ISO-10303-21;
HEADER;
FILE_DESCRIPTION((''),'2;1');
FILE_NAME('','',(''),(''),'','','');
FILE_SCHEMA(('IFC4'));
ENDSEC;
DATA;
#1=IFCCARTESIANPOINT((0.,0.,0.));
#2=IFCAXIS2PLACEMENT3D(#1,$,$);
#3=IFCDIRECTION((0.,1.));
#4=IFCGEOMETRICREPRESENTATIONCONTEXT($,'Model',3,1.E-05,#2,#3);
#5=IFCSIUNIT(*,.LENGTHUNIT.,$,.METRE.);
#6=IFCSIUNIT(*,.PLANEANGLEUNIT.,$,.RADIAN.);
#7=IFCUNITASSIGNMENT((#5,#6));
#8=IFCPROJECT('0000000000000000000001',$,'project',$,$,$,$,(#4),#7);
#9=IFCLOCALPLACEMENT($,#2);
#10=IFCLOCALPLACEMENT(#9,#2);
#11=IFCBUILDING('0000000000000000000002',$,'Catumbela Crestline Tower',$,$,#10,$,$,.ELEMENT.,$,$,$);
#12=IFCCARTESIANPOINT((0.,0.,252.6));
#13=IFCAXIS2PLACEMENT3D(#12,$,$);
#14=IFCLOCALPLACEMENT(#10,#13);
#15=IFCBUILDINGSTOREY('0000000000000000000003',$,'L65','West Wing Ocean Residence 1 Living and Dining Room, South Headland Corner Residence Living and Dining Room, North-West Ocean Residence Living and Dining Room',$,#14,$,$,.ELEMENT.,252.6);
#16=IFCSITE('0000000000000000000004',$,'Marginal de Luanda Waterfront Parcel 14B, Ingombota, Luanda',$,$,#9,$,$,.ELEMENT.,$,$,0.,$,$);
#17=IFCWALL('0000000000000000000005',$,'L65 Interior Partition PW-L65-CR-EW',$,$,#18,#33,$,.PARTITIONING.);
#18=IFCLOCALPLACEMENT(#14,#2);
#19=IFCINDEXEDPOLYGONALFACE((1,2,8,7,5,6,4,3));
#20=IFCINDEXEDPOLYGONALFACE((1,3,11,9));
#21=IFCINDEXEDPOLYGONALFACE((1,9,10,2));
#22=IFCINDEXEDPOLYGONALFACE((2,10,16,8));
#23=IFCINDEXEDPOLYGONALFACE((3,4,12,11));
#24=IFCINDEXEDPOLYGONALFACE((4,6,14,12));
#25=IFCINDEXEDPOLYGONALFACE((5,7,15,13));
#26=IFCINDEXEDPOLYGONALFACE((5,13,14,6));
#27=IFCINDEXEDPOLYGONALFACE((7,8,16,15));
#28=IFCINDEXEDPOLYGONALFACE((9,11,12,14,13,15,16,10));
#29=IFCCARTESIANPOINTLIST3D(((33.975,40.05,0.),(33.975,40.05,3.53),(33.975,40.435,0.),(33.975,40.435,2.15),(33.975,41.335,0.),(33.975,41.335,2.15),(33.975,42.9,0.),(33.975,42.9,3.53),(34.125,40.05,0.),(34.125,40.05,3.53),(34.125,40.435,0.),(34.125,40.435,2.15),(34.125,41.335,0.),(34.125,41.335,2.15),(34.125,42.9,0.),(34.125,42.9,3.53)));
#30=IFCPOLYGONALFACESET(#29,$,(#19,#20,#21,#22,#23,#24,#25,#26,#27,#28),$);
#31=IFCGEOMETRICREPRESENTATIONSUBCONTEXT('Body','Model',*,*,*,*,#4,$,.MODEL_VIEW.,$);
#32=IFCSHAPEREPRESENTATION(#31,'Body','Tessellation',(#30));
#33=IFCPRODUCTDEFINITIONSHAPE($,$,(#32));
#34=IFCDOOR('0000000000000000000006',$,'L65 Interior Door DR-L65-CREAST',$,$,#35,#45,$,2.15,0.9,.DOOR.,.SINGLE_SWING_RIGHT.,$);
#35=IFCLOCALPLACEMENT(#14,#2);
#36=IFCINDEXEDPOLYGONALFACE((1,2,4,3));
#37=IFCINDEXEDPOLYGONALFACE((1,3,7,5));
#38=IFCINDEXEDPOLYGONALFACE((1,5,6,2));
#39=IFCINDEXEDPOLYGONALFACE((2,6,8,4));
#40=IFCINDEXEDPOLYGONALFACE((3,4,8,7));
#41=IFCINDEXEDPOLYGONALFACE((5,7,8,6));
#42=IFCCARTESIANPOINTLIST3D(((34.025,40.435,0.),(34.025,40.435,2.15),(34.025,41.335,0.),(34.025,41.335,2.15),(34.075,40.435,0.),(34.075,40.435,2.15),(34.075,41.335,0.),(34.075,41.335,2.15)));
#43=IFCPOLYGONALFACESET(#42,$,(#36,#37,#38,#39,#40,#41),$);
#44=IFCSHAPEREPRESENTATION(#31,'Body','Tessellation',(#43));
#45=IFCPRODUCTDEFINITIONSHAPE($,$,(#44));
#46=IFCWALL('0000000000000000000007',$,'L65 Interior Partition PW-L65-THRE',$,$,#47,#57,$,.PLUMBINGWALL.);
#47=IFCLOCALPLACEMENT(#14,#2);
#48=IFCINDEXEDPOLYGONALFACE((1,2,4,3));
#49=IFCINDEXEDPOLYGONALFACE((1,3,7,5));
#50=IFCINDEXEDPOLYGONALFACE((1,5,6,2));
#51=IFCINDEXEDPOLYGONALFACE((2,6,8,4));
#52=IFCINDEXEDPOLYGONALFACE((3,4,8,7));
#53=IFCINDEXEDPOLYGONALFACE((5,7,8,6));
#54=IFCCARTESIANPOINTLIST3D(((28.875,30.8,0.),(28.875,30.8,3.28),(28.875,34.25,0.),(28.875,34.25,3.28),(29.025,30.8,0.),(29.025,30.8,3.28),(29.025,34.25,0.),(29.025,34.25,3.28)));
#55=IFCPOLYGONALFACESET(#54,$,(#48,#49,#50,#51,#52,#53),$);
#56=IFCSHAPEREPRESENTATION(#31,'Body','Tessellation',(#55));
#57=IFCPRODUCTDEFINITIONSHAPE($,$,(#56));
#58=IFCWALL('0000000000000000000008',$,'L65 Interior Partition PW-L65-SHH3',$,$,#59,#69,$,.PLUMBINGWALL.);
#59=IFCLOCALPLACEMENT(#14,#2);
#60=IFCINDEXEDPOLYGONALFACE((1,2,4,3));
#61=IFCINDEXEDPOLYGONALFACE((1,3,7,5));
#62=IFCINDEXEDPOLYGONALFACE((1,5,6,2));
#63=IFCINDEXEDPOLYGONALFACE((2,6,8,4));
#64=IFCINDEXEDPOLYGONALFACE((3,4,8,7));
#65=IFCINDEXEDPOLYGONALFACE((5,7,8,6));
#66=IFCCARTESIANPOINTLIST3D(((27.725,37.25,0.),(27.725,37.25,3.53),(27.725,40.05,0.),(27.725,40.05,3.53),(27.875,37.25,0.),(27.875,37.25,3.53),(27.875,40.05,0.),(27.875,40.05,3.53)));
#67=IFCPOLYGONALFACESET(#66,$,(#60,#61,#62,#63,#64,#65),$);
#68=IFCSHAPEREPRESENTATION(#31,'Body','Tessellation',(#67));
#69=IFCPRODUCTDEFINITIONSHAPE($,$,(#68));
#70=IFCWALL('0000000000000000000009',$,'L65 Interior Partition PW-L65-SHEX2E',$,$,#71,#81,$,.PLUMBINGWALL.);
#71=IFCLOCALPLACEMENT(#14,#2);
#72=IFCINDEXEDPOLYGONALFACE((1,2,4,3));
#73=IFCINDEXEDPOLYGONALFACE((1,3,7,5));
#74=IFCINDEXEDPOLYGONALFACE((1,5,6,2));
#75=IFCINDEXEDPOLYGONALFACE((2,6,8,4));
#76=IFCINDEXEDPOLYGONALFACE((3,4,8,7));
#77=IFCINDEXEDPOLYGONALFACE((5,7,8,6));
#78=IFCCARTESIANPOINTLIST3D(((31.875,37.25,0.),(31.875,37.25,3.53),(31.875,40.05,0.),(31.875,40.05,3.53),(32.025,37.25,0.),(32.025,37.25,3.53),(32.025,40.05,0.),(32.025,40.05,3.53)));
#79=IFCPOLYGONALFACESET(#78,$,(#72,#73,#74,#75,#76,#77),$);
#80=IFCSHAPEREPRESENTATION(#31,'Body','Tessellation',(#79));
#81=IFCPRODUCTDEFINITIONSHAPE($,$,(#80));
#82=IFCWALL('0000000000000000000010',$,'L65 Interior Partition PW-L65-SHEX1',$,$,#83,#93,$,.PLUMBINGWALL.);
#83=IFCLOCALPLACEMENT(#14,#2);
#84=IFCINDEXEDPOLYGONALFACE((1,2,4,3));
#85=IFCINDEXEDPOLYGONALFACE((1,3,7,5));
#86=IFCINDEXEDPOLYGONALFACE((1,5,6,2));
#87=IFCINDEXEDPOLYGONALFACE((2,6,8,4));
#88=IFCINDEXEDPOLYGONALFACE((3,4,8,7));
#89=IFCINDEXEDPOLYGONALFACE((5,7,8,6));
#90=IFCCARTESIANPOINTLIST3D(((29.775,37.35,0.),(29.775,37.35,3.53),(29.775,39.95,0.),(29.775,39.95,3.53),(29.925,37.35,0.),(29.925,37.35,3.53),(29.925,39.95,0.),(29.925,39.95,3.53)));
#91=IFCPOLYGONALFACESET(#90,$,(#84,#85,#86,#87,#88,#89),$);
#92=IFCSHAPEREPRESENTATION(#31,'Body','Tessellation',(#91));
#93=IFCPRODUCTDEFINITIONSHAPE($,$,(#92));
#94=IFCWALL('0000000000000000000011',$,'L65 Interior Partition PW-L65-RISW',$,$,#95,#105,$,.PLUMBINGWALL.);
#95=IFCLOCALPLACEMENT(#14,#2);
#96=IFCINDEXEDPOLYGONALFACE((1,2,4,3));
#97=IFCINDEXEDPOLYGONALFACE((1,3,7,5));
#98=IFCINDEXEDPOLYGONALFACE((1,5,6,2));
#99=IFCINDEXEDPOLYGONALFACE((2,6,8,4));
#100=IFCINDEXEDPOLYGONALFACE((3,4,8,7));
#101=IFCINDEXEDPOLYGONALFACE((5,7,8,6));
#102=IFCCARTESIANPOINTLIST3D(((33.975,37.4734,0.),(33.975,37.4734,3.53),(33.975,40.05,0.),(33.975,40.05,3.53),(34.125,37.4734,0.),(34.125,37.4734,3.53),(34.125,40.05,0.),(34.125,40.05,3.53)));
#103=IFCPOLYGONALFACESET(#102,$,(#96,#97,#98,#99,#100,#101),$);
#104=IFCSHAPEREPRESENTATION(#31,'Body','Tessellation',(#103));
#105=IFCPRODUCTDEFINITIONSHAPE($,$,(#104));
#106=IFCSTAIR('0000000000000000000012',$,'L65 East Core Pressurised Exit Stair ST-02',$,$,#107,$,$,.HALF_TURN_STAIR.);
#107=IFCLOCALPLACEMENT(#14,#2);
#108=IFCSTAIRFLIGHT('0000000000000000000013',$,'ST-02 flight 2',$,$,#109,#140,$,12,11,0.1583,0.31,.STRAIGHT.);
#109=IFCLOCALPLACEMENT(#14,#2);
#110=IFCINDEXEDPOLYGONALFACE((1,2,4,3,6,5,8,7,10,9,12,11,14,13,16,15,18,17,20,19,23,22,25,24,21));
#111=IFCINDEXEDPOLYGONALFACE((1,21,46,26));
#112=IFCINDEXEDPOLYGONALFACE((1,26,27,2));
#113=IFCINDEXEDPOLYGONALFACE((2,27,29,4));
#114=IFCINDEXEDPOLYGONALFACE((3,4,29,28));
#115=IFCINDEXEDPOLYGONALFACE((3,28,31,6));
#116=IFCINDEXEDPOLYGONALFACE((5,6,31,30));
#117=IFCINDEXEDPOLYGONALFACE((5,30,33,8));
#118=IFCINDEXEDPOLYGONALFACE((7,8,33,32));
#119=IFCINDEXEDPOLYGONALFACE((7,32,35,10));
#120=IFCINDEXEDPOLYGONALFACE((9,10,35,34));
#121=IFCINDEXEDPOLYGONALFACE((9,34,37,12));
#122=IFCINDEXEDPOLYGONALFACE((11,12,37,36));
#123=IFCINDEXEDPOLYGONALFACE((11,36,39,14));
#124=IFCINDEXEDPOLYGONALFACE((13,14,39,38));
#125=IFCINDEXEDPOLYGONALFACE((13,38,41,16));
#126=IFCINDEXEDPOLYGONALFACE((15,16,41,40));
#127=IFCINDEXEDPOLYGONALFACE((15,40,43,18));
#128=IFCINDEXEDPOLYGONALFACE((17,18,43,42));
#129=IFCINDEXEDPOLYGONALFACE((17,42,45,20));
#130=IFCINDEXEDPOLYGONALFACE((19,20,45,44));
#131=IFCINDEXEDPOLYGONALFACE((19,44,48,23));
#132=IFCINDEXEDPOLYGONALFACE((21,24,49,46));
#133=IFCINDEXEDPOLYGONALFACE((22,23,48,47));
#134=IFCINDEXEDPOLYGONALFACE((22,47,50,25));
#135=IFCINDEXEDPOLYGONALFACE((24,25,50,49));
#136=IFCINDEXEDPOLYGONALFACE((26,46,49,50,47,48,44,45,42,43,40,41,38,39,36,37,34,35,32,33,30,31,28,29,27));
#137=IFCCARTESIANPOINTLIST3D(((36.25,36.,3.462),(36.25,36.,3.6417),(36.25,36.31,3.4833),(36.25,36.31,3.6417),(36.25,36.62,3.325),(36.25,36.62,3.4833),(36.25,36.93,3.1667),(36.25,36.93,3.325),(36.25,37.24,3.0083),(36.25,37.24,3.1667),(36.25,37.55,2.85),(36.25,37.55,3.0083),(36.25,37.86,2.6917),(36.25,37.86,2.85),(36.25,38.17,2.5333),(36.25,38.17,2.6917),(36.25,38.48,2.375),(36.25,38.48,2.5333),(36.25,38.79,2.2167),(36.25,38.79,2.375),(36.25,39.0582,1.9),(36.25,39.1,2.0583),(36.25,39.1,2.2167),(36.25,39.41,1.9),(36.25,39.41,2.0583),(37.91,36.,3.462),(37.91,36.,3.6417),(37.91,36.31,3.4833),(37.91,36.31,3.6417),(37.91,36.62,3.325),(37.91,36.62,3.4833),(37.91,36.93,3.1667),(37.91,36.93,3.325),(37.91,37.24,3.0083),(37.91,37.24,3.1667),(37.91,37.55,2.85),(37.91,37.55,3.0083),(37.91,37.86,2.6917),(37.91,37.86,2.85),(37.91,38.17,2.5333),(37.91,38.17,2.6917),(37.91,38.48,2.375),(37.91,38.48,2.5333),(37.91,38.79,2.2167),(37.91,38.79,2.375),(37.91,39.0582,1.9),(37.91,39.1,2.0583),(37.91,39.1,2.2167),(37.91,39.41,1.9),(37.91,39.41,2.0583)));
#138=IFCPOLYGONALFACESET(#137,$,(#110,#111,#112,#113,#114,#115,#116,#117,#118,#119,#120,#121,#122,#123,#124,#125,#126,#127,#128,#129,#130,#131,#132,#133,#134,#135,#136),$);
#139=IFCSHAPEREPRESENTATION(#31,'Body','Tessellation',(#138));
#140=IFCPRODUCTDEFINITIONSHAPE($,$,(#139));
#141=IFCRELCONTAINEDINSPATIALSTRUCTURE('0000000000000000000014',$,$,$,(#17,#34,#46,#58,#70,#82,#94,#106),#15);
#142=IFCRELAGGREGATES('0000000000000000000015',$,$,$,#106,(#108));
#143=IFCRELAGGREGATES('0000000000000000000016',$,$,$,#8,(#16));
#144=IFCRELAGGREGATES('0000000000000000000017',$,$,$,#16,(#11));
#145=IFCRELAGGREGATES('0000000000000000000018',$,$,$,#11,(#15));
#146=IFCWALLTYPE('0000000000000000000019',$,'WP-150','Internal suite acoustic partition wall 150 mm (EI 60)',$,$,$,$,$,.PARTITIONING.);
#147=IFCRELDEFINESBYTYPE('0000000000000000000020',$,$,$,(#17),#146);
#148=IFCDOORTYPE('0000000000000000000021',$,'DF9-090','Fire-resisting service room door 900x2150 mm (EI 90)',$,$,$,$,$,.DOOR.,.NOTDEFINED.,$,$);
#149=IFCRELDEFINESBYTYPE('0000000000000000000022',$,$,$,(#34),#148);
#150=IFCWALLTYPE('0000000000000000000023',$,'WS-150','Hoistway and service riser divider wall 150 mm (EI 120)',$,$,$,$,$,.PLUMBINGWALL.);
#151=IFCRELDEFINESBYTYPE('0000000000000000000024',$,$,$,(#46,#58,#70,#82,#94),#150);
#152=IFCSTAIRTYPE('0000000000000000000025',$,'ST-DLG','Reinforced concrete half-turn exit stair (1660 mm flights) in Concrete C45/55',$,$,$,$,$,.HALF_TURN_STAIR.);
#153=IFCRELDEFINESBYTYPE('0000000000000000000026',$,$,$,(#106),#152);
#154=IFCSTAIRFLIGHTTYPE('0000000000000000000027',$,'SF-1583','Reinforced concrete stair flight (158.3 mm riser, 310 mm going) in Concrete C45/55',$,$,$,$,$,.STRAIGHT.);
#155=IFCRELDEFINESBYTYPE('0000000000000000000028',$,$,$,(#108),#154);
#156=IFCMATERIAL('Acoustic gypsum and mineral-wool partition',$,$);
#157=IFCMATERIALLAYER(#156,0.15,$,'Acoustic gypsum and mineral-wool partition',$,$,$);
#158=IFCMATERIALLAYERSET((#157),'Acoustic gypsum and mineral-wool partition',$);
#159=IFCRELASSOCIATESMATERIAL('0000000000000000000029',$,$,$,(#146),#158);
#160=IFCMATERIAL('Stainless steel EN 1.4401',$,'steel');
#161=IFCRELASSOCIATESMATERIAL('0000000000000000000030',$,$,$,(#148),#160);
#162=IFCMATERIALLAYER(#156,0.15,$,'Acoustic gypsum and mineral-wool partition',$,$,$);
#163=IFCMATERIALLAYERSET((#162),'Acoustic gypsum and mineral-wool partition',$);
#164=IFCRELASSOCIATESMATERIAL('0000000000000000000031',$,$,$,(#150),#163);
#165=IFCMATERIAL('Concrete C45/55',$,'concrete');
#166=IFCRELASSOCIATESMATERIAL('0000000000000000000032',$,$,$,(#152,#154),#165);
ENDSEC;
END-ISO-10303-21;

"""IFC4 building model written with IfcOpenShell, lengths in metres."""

from ifc_helpers import new_model, si_unit, direction, frame, frame_2d, origin, place, context, subcontext, project, spatial, polyline, rectangle, outline, extrude, material, layer, layer_set, type_object, element, fill, aggregate, save


model = new_model("IFC4")

# Units and contexts
model_context = context("Model", 3, precision=1e-05, world=origin(), true_north=direction((0.0, 1.0)))
body_context = subcontext(model_context, "Body", "Model", "MODEL_VIEW")
ifc_project = project(units=[si_unit("LENGTHUNIT", "METRE"), si_unit("PLANEANGLEUNIT", "RADIAN")], contexts=[model_context])

# Site, building, storey
site_placement = place(None, origin())
site = spatial("IfcSite", under=ifc_project, at=site_placement, Name="Marginal de Luanda Waterfront Parcel 14B, Ingombota, Luanda", CompositionType="ELEMENT", RefElevation=0.0)
building_placement = place(site_placement, origin())
building = spatial("IfcBuilding", under=site, at=building_placement, Name="Catumbela Crestline Tower", CompositionType="ELEMENT")
storey_placement = place(building_placement, frame((0.0, 0.0, 252.6)))
storey = spatial("IfcBuildingStorey", under=building, at=storey_placement, Name="L65", Description="West Wing Ocean Residence 1 Living and Dining Room, South Headland Corner Residence Living and Dining Room, North-West Ocean Residence Living and Dining Room", CompositionType="ELEMENT", Elevation=252.6)

# Shared definitions
ifc_material_1 = material(Name="Stainless steel EN 1.4401", Category="steel")

# Shared definitions
ifc_material_2 = material(Name="Concrete C45/55", Category="concrete")

# Shared definitions
ifc_material_3 = material(Name="Acoustic gypsum and mineral-wool partition")
ifc_layer_1 = layer(ifc_material_3, 0.15, Name="Acoustic gypsum and mineral-wool partition")
ifc_layer_set_1 = layer_set([ifc_layer_1], Name="Acoustic gypsum and mineral-wool partition")
wall_type_1 = type_object("IfcWallType", Name="WP-150", Description="Internal suite acoustic partition wall 150 mm (EI 60)", PredefinedType="PARTITIONING", material=ifc_layer_set_1)

# Wall, opening, door
wall_1_placement = place(storey_placement, frame((34.05, 40.05, 0.0), z_axis=(0.0, 0.0, 1.0), x_axis=(0.0, 1.0, 0.0)))
wall_1 = element("IfcWall", 1, at=wall_1_placement, inside=storey, type_object=wall_type_1, Name="L65 Interior Partition PW-L65-CR-EW", PredefinedType="PARTITIONING", context=body_context, shape_type="SweptSolid", body=[
    extrude(rectangle(XDim=2.85, YDim=0.15, at=frame_2d((1.425, 0.0))), origin(), (0.0, 0.0, 1.0), 3.53),
])
opening_1_placement = place(wall_1_placement, frame((0.385, 0.0, 0.0)))
opening_1 = element("IfcOpeningElement", 2, at=opening_1_placement, cuts=wall_1, PredefinedType="OPENING", context=body_context, shape_type="SweptSolid", body=[
    extrude(rectangle(XDim=0.9, YDim=2.15, at=frame_2d((0.45, 1.075))), frame((0.0, 0.085, 0.0), z_axis=(0.0, -1.0, 0.0), x_axis=(1.0, 0.0, 0.0)), (0.0, 0.0, 1.0), 0.17),
])
door_type_1 = type_object("IfcDoorType", Name="DF9-090", Description="Fire-resisting service room door 900x2150 mm (EI 90)", OperationType="NOTDEFINED", PredefinedType="DOOR", material=ifc_material_1)
door_1_placement = place(opening_1_placement, origin())
door_1 = element("IfcDoor", 3, at=door_1_placement, inside=storey, type_object=door_type_1, Name="L65 Interior Door DR-L65-CREAST", OperationType="SINGLE_SWING_RIGHT", OverallHeight=2.15, OverallWidth=0.9, PredefinedType="DOOR", context=body_context, shape_type="SweptSolid", body=[
    extrude(rectangle(XDim=0.9, YDim=2.15, at=frame_2d((0.45, 1.075))), frame((0.0, 0.025, 0.0), z_axis=(0.0, -1.0, 0.0), x_axis=(1.0, 0.0, 0.0)), (0.0, 0.0, 1.0), 0.05),
])
fill(opening_1, door_1)

# Walls
ifc_layer_2 = layer(ifc_material_3, 0.15, Name="Acoustic gypsum and mineral-wool partition")
ifc_layer_set_2 = layer_set([ifc_layer_2], Name="Acoustic gypsum and mineral-wool partition")
wall_type_2 = type_object("IfcWallType", Name="WS-150", Description="Hoistway and service riser divider wall 150 mm (EI 120)", PredefinedType="PLUMBINGWALL", material=ifc_layer_set_2)
wall_2_placement = place(storey_placement, frame((28.95, 30.8, 0.0), z_axis=(0.0, 0.0, 1.0), x_axis=(0.0, 1.0, 0.0)))
element("IfcWall", 4, at=wall_2_placement, inside=storey, type_object=wall_type_2, Name="L65 Interior Partition PW-L65-THRE", PredefinedType="PLUMBINGWALL", context=body_context, shape_type="SweptSolid", body=[
    extrude(rectangle(XDim=3.45, YDim=0.15, at=frame_2d((1.725, 0.0))), origin(), (0.0, 0.0, 1.0), 3.28),
])
for number, where, z_axis, x_axis, name in (
    (5, (27.8, 37.25, 0.0), (0.0, 0.0, 1.0), (0.0, 1.0, 0.0), "L65 Interior Partition PW-L65-SHH3"),
    (6, (31.95, 37.25, 0.0), (0.0, 0.0, 1.0), (0.0, 1.0, 0.0), "L65 Interior Partition PW-L65-SHEX2E"),
):
    element("IfcWall", number, at=place(storey_placement, frame(where, z_axis=z_axis, x_axis=x_axis)), inside=storey, type_object=wall_type_2, Name=name, PredefinedType="PLUMBINGWALL", context=body_context, shape_type="SweptSolid", body=[
        extrude(rectangle(XDim=2.8, YDim=0.15, at=frame_2d((1.4, 0.0))), origin(), (0.0, 0.0, 1.0), 3.53),
    ])
wall_3_placement = place(storey_placement, frame((29.85, 37.35, 0.0), z_axis=(0.0, 0.0, 1.0), x_axis=(0.0, 1.0, 0.0)))
element("IfcWall", 7, at=wall_3_placement, inside=storey, type_object=wall_type_2, Name="L65 Interior Partition PW-L65-SHEX1", PredefinedType="PLUMBINGWALL", context=body_context, shape_type="SweptSolid", body=[
    extrude(rectangle(XDim=2.6, YDim=0.15, at=frame_2d((1.3, 0.0))), origin(), (0.0, 0.0, 1.0), 3.53),
])
wall_4_placement = place(storey_placement, frame((34.05, 37.4734, 0.0), z_axis=(0.0, 0.0, 1.0), x_axis=(0.0, 1.0, 0.0)))
element("IfcWall", 8, at=wall_4_placement, inside=storey, type_object=wall_type_2, Name="L65 Interior Partition PW-L65-RISW", PredefinedType="PLUMBINGWALL", context=body_context, shape_type="SweptSolid", body=[
    extrude(rectangle(XDim=2.5766, YDim=0.15, at=frame_2d((1.2883, 0.0))), origin(), (0.0, 0.0, 1.0), 3.53),
])

# Stair, stair flight
stair_type = type_object("IfcStairType", Name="ST-DLG", Description="Reinforced concrete half-turn exit stair (1660 mm flights) in Concrete C45/55", PredefinedType="HALF_TURN_STAIR", material=ifc_material_2)
stair_placement = place(storey_placement, origin())
stair = element("IfcStair", 9, at=stair_placement, inside=storey, type_object=stair_type, Name="L65 East Core Pressurised Exit Stair ST-02", PredefinedType="HALF_TURN_STAIR")
stair_flight_type = type_object("IfcStairFlightType", Name="SF-1583", Description="Reinforced concrete stair flight (158.3 mm riser, 310 mm going) in Concrete C45/55", PredefinedType="STRAIGHT", material=ifc_material_2)
stair_flight_placement = place(storey_placement, frame((37.08, 39.41, 1.9), z_axis=(0.0, 0.0, 1.0), x_axis=(0.0, -1.0, 0.0)))
stair_flight = element("IfcStairFlight", 10, at=stair_flight_placement, type_object=stair_flight_type, Name="ST-02 flight 2", NumberOfRisers=12, NumberOfTreads=11, PredefinedType="STRAIGHT", RiserHeight=0.1583, TreadLength=0.31, context=body_context, shape_type="SweptSolid", body=[
    extrude(outline(polyline([(0.0, 0.0), (0.0, 0.1583), (0.31, 0.1583), (0.31, 0.3167), (0.62, 0.3167), (0.62, 0.475), (0.93, 0.475), (0.93, 0.6333), (1.24, 0.6333), (1.24, 0.7917), (1.55, 0.7917), (1.55, 0.95), (1.86, 0.95), (1.86, 1.1083), (2.17, 1.1083), (2.17, 1.2667), (2.48, 1.2667), (2.48, 1.425), (2.79, 1.425), (2.79, 1.5833), (3.1, 1.5833), (3.1, 1.7417), (3.41, 1.7417), (3.41, 1.9), (3.41, 1.562), (0.3518, 0.0), (0.0, 0.0)])), frame((0.0, 0.83, 0.0), z_axis=(0.0, -1.0, 0.0), x_axis=(1.0, 0.0, 0.0)), (0.0, 0.0, 1.0), 1.66),
])
aggregate(stair, [stair_flight])

save(model, "model.ifc")
